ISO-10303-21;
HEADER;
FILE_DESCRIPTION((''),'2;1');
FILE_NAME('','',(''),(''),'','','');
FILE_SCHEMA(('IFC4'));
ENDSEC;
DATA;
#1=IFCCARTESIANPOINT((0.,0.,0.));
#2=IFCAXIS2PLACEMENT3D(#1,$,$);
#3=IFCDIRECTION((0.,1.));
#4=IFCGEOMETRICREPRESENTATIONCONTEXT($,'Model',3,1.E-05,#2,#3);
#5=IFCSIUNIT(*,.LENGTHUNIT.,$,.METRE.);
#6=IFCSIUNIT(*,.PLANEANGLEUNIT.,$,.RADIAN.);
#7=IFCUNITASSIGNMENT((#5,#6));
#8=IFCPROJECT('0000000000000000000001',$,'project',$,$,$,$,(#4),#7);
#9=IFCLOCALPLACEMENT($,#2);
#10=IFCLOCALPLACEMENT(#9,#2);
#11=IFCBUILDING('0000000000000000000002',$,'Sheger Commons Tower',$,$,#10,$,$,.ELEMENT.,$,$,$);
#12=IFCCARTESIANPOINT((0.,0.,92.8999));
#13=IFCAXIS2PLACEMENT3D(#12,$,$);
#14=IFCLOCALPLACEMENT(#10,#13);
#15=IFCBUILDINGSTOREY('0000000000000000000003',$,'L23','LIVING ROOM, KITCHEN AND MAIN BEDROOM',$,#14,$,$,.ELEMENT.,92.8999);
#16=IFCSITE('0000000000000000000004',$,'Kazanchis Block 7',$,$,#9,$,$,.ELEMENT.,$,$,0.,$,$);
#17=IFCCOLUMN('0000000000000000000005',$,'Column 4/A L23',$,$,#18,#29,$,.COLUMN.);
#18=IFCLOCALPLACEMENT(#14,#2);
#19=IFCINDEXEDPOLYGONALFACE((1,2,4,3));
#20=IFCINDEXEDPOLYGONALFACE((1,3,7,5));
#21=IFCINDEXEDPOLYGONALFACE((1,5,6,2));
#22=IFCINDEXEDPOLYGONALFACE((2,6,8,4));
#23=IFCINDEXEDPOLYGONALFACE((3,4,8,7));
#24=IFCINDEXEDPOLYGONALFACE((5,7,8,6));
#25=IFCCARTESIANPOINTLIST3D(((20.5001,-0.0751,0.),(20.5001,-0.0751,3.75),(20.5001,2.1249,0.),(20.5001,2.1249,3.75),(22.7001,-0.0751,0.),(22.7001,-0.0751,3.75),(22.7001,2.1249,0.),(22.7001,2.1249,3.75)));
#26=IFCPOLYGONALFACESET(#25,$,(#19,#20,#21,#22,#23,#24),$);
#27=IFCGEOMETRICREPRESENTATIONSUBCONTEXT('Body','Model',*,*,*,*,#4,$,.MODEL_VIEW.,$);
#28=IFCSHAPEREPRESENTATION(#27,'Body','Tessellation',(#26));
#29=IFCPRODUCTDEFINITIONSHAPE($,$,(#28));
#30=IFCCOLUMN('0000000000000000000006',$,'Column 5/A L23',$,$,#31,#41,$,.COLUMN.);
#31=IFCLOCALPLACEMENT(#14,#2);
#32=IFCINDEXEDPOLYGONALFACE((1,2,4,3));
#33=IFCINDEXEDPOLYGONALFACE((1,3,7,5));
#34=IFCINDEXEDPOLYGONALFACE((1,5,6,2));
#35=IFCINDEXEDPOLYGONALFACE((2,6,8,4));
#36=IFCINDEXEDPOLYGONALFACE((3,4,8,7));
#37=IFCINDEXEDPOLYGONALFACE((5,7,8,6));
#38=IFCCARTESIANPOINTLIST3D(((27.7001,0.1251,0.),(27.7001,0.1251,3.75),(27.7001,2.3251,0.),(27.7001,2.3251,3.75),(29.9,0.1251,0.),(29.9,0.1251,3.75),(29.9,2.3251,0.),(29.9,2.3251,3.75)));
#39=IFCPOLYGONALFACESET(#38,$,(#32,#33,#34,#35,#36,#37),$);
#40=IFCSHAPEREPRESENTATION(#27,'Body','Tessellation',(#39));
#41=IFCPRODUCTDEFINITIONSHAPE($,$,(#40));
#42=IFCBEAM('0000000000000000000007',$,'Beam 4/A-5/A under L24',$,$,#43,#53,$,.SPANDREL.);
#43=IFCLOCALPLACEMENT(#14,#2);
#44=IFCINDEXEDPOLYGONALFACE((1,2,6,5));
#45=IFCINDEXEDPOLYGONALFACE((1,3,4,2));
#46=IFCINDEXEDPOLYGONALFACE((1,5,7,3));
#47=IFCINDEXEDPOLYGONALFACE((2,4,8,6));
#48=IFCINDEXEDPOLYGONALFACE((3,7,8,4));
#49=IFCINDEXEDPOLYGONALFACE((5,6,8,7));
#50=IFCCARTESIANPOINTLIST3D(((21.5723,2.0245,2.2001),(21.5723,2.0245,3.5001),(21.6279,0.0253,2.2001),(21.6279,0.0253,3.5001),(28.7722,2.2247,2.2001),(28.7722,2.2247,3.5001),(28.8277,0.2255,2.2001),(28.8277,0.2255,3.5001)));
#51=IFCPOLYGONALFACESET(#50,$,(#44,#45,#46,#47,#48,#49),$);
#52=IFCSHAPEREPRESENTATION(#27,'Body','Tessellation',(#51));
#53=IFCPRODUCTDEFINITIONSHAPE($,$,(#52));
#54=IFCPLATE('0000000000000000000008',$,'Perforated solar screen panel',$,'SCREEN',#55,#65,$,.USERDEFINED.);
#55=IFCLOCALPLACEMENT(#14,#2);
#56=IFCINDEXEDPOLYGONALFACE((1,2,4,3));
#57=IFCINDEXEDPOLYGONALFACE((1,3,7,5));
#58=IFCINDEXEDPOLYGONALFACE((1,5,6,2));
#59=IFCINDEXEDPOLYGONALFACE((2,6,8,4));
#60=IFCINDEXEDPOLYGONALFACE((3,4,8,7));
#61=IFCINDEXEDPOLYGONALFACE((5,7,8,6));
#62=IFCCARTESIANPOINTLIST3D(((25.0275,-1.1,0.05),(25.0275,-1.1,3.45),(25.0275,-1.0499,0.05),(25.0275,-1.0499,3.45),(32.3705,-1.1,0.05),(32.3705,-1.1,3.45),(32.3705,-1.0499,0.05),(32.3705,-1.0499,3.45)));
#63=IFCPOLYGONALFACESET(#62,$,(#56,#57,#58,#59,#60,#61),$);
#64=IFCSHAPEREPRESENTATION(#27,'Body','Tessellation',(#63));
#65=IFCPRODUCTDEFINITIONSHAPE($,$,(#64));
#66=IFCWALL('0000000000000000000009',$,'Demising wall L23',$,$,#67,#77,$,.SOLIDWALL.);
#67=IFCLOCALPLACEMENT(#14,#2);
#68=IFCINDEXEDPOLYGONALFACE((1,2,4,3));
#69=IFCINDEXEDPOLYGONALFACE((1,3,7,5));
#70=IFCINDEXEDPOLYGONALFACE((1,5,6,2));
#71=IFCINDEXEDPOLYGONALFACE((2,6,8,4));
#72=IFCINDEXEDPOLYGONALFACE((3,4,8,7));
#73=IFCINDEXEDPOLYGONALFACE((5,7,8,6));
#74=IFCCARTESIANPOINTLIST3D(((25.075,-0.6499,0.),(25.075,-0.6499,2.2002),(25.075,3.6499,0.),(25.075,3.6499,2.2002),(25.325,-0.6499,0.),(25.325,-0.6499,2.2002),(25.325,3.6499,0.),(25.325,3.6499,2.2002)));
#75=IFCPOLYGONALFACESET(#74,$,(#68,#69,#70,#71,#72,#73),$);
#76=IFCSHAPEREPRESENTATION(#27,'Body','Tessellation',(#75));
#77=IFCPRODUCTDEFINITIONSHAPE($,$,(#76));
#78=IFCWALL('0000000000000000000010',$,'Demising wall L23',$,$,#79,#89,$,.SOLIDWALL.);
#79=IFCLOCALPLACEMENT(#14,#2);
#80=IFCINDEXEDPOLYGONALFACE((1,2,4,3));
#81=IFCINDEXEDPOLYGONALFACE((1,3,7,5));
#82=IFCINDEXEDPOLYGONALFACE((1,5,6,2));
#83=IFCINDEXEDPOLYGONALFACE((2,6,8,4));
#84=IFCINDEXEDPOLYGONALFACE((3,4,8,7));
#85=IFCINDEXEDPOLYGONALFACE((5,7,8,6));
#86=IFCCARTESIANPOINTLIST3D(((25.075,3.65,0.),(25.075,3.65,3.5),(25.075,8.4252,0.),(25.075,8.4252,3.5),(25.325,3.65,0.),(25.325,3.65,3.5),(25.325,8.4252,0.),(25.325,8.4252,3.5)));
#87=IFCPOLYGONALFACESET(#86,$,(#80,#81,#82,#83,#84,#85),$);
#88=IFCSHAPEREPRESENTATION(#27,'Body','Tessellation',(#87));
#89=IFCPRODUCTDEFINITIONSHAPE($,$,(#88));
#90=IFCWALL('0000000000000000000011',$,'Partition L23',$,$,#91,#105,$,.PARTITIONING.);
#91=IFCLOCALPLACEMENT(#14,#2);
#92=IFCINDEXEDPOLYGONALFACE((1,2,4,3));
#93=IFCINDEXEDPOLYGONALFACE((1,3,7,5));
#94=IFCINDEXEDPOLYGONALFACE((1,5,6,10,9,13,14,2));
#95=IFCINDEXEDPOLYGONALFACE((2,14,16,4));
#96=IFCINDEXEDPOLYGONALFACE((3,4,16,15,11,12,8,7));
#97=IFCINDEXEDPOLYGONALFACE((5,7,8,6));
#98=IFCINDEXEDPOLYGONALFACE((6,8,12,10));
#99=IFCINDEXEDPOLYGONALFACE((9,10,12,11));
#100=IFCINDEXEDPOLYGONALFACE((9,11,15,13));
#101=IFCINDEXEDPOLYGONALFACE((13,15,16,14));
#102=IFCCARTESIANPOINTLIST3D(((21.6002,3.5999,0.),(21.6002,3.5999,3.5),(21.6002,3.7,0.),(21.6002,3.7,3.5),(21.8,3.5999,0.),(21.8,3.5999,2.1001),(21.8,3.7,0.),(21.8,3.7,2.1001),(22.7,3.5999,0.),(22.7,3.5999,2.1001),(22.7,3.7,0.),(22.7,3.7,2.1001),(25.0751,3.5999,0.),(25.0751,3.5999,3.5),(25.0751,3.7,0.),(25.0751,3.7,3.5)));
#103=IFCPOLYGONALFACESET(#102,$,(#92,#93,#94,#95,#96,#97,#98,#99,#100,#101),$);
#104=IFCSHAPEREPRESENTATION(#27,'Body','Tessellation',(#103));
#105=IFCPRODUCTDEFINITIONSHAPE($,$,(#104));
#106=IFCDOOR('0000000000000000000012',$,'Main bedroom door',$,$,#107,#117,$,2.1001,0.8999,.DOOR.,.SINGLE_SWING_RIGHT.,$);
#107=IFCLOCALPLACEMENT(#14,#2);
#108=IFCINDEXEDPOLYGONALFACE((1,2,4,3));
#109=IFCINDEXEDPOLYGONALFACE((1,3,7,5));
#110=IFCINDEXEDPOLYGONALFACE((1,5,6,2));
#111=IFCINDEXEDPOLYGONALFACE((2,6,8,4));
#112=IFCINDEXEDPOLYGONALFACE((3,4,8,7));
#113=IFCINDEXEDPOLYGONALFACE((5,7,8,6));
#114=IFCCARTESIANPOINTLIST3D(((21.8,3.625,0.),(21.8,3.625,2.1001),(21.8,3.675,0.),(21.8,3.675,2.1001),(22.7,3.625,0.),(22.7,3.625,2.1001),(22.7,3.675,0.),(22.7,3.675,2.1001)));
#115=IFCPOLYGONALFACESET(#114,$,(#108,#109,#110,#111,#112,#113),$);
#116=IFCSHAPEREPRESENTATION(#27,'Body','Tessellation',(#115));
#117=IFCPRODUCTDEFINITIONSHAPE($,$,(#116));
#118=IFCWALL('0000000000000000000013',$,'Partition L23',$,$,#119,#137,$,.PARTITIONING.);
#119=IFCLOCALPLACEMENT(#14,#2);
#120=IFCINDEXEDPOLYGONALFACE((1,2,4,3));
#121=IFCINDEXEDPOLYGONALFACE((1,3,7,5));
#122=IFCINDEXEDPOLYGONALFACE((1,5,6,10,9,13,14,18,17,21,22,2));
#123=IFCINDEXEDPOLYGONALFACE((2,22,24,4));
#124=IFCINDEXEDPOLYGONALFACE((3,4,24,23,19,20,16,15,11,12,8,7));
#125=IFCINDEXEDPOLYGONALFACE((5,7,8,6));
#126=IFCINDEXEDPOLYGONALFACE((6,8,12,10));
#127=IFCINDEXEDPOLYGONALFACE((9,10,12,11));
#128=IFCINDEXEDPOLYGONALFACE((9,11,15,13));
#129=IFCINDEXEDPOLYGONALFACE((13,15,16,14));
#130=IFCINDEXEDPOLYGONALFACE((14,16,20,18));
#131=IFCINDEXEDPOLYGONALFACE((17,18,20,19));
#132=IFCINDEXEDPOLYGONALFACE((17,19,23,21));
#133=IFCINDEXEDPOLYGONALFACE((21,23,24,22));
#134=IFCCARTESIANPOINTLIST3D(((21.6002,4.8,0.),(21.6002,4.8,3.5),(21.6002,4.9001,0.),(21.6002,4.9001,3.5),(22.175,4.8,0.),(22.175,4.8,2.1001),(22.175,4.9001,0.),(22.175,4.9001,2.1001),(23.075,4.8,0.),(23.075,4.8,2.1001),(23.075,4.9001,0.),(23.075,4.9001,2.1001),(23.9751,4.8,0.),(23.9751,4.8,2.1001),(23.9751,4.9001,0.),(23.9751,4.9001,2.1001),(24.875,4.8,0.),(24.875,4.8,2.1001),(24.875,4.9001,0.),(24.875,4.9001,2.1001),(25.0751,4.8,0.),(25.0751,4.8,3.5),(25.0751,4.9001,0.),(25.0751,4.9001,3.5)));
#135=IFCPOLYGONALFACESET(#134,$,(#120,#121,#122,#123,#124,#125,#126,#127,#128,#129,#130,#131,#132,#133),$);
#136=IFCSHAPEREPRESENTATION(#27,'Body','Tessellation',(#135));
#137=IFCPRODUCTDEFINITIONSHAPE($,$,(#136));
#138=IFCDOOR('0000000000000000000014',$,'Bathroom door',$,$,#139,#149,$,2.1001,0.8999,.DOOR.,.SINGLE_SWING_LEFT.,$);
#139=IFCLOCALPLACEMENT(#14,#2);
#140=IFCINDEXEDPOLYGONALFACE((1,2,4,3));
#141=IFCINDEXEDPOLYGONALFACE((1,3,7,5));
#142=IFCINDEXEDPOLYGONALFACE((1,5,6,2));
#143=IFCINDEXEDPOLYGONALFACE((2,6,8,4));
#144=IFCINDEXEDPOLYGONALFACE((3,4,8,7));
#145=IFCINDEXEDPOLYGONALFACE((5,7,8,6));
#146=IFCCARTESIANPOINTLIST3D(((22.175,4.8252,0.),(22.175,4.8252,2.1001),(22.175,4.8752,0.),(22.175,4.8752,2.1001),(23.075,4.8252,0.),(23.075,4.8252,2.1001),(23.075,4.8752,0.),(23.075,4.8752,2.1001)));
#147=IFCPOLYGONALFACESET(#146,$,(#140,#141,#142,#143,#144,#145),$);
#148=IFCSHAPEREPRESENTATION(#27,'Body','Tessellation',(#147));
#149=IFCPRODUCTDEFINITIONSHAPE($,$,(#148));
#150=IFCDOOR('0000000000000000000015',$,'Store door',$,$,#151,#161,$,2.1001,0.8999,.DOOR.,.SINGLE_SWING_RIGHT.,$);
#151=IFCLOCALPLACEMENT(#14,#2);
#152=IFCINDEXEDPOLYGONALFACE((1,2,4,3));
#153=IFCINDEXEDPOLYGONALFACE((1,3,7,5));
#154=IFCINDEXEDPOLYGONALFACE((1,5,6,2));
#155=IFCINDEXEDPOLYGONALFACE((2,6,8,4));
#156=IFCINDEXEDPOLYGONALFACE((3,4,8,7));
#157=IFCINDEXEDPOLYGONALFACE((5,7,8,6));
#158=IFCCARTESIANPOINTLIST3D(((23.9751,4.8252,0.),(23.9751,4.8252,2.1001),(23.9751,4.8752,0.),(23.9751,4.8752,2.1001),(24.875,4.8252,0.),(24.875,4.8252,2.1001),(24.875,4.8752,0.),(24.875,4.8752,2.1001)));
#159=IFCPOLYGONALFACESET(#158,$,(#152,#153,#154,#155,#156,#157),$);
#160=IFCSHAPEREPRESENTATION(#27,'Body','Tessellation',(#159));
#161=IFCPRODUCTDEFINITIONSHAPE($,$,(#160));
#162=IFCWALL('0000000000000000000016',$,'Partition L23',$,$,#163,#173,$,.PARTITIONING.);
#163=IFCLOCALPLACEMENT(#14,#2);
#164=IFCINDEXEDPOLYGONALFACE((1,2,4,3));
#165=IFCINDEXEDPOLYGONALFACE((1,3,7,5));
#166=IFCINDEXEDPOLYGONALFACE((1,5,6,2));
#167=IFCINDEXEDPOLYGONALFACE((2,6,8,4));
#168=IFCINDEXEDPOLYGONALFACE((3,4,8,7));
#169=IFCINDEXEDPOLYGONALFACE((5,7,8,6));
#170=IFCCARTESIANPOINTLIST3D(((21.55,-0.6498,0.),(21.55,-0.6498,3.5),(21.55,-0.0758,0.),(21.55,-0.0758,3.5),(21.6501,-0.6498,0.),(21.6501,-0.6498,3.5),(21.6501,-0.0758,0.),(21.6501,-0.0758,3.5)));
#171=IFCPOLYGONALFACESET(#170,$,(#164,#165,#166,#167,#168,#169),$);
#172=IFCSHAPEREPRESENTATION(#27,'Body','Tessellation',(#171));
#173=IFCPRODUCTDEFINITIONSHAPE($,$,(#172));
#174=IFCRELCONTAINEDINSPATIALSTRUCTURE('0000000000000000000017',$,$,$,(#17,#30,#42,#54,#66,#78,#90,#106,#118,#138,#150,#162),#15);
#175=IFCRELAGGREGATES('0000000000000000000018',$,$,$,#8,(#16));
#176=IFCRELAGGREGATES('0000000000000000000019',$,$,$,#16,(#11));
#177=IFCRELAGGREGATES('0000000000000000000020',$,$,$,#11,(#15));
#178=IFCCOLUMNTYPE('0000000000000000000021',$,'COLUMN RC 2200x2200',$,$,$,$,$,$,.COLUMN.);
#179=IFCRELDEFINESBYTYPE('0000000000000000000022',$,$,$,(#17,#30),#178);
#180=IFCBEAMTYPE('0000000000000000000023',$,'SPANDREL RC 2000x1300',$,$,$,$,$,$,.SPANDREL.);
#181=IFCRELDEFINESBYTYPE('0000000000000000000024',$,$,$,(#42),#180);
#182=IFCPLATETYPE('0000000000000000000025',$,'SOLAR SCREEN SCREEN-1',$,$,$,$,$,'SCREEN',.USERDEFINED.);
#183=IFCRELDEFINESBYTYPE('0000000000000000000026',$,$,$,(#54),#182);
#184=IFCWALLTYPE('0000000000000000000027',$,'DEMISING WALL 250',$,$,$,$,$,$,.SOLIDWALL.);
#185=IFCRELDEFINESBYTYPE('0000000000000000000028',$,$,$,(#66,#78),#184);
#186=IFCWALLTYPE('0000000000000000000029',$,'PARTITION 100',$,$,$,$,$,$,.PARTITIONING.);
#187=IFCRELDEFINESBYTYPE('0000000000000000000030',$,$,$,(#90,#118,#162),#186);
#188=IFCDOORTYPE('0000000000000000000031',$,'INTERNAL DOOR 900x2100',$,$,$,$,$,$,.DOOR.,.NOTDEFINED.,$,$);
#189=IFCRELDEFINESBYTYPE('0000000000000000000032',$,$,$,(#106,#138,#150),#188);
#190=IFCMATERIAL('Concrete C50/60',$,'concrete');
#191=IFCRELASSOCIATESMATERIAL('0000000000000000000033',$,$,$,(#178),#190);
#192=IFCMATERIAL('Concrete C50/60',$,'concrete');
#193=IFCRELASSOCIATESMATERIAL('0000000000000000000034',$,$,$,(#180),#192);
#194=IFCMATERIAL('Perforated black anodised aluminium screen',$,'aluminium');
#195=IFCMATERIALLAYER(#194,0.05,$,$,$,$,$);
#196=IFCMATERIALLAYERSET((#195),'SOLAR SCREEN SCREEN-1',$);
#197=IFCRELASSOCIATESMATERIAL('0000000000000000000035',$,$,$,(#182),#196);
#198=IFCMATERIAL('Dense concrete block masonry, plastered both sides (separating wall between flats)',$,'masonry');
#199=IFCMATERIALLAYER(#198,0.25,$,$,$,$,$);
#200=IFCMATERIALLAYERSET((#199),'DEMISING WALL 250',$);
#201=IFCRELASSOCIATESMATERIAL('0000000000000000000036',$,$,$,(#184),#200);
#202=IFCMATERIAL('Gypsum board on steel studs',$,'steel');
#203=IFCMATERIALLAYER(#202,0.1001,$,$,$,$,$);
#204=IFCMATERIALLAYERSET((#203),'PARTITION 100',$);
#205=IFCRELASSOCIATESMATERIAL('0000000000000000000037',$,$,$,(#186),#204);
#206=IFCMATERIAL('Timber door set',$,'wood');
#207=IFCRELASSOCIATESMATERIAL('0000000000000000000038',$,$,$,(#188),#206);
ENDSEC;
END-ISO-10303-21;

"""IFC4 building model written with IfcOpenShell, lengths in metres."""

from ifc_helpers import new_model, si_unit, direction, frame, frame_2d, origin, origin_2d, place, context, subcontext, project, spatial, rectangle, extrude, material, layer, layer_set, material_profile, profile_set, type_object, element, fill, save


model = new_model("IFC4")

# Units and contexts
model_context = context("Model", 3, precision=1e-05, world=origin(), true_north=direction((0.0, 1.0)))
body_context = subcontext(model_context, "Body", "Model", "MODEL_VIEW")
ifc_project = project(units=[si_unit("LENGTHUNIT", "METRE"), si_unit("PLANEANGLEUNIT", "RADIAN")], contexts=[model_context])

# Site, building, storey
site_placement = place(None, origin())
site = spatial("IfcSite", under=ifc_project, at=site_placement, Name="Kazanchis Block 7", CompositionType="ELEMENT", RefElevation=0.0)
building_placement = place(site_placement, origin())
building = spatial("IfcBuilding", under=site, at=building_placement, Name="Sheger Commons Tower", CompositionType="ELEMENT")
storey_placement = place(building_placement, frame((0.0, 0.0, 92.8999)))
storey = spatial("IfcBuildingStorey", under=building, at=storey_placement, Name="L23", Description="LIVING ROOM, KITCHEN AND MAIN BEDROOM", CompositionType="ELEMENT", Elevation=92.8999)

# Columns
ifc_material_1 = material(Name="Concrete C50/60", Category="concrete")
ifc_material_profile_1 = material_profile(ifc_material_1, rectangle(XDim=2.2, YDim=2.2, at=origin_2d()), Name="RC 2200x2200")
ifc_profile_set_1 = profile_set([ifc_material_profile_1], Name="Concrete C50/60")
column_type = type_object("IfcColumnType", Name="COLUMN RC 2200x2200", PredefinedType="COLUMN", material=ifc_profile_set_1)
for number, where, z_axis, x_axis, name in (
    (1, (21.6001, 1.0249, 0.0), (0.0, 0.0, 1.0), (1.0, 0.0, 0.0), "Column 4/A L23"),
    (2, (28.8, 1.2251, 0.0), (0.0, 0.0, 1.0), (1.0, 0.0, 0.0), "Column 5/A L23"),
):
    element("IfcColumn", number, at=place(storey_placement, frame(where, z_axis=z_axis, x_axis=x_axis)), inside=storey, type_object=column_type, Name=name, PredefinedType="COLUMN", context=body_context, shape_type="SweptSolid", body=[
        extrude(rectangle(XDim=2.2, YDim=2.2, at=origin_2d()), origin(), (0.0, 0.0, 1.0), 3.75),
    ])

# Beam
ifc_material_2 = material(Name="Concrete C50/60", Category="concrete")
ifc_material_profile_2 = material_profile(ifc_material_2, rectangle(XDim=2.0, YDim=1.3, at=origin_2d()), Name="RC 2000x1300")
ifc_profile_set_2 = profile_set([ifc_material_profile_2], Name="Concrete C50/60")
beam_type = type_object("IfcBeamType", Name="SPANDREL RC 2000x1300", PredefinedType="SPANDREL", material=ifc_profile_set_2)
beam_placement = place(storey_placement, frame((21.6001, 1.0249, 2.8501), z_axis=(0.999614, 0.027794, 0.0), x_axis=(-0.027794, 0.999614, 0.0)))
element("IfcBeam", 3, at=beam_placement, inside=storey, type_object=beam_type, Name="Beam 4/A-5/A under L24", PredefinedType="SPANDREL", context=body_context, shape_type="SweptSolid", body=[
    extrude(rectangle(XDim=2.0, YDim=1.3, at=origin_2d()), origin(), (0.0, 0.0, 1.0), 7.2026),
])

# Plate
ifc_material_3 = material(Name="Perforated black anodised aluminium screen", Category="aluminium")
ifc_layer_1 = layer(ifc_material_3, 0.05)
ifc_layer_set_1 = layer_set([ifc_layer_1], Name="SOLAR SCREEN SCREEN-1")
plate_type = type_object("IfcPlateType", Name="SOLAR SCREEN SCREEN-1", ElementType="SCREEN", PredefinedType="USERDEFINED", material=ifc_layer_set_1)
plate_placement = place(storey_placement, frame((28.699, -1.075, 0.05), z_axis=(0.0, 0.0, 1.0), x_axis=(1.0, 0.0, 0.0)))
element("IfcPlate", 4, at=plate_placement, inside=storey, type_object=plate_type, Name="Perforated solar screen panel", ObjectType="SCREEN", PredefinedType="USERDEFINED", context=body_context, shape_type="SweptSolid", body=[
    extrude(rectangle(XDim=7.343, YDim=0.05, at=origin_2d()), origin(), (0.0, 0.0, 1.0), 3.3999),
])

# Walls
ifc_material_4 = material(Name="Dense concrete block masonry, plastered both sides (separating wall between flats)", Category="masonry")
ifc_layer_2 = layer(ifc_material_4, 0.25)
ifc_layer_set_2 = layer_set([ifc_layer_2], Name="DEMISING WALL 250")
wall_type_1 = type_object("IfcWallType", Name="DEMISING WALL 250", PredefinedType="SOLIDWALL", material=ifc_layer_set_2)
wall_1_placement = place(storey_placement, frame((25.2, -0.6499, 0.0), z_axis=(0.0, 0.0, 1.0), x_axis=(0.0, 1.0, 0.0)))
element("IfcWall", 5, at=wall_1_placement, inside=storey, type_object=wall_type_1, Name="Demising wall L23", PredefinedType="SOLIDWALL", context=body_context, shape_type="SweptSolid", body=[
    extrude(rectangle(XDim=4.2998, YDim=0.25, at=frame_2d((2.1499, 0.0))), origin(), (0.0, 0.0, 1.0), 2.2002),
])
wall_2_placement = place(storey_placement, frame((25.2, 3.6499, 0.0), z_axis=(0.0, 0.0, 1.0), x_axis=(0.0, 1.0, 0.0)))
element("IfcWall", 6, at=wall_2_placement, inside=storey, type_object=wall_type_1, Name="Demising wall L23", PredefinedType="SOLIDWALL", context=body_context, shape_type="SweptSolid", body=[
    extrude(rectangle(XDim=4.7751, YDim=0.25, at=frame_2d((2.3877, 0.0))), origin(), (0.0, 0.0, 1.0), 3.5),
])

# Wall, opening, door
ifc_material_5 = material(Name="Gypsum board on steel studs", Category="steel")
ifc_layer_3 = layer(ifc_material_5, 0.1001)
ifc_layer_set_3 = layer_set([ifc_layer_3], Name="PARTITION 100")
wall_type_2 = type_object("IfcWallType", Name="PARTITION 100", PredefinedType="PARTITIONING", material=ifc_layer_set_3)
wall_3_placement = place(storey_placement, frame((25.075, 3.6499, 0.0), z_axis=(0.0, 0.0, 1.0), x_axis=(-1.0, 0.0, 0.0)))
wall_3 = element("IfcWall", 7, at=wall_3_placement, inside=storey, type_object=wall_type_2, Name="Partition L23", PredefinedType="PARTITIONING", context=body_context, shape_type="SweptSolid", body=[
    extrude(rectangle(XDim=3.4749, YDim=0.1001, at=frame_2d((1.7373, 0.0))), origin(), (0.0, 0.0, 1.0), 3.5),
])
opening_1_placement = place(wall_3_placement, frame((2.375, 0.0, 0.0)))
opening_1 = element("IfcOpeningElement", 8, at=opening_1_placement, cuts=wall_3, PredefinedType="OPENING", context=body_context, shape_type="SweptSolid", body=[
    extrude(rectangle(XDim=0.8999, YDim=2.1001, at=frame_2d((0.45, 1.05))), frame((0.0, 0.0601, 0.0), z_axis=(0.0, -1.0, 0.0), x_axis=(1.0, 0.0, 0.0)), (0.0, 0.0, 1.0), 0.1201),
])
ifc_material_6 = material(Name="Timber door set", Category="wood")
door_type = type_object("IfcDoorType", Name="INTERNAL DOOR 900x2100", OperationType="NOTDEFINED", PredefinedType="DOOR", material=ifc_material_6)
door_1_placement = place(opening_1_placement, origin())
door_1 = element("IfcDoor", 9, at=door_1_placement, inside=storey, type_object=door_type, Name="Main bedroom door", OperationType="SINGLE_SWING_RIGHT", OverallHeight=2.1001, OverallWidth=0.8999, PredefinedType="DOOR", context=body_context, shape_type="SweptSolid", body=[
    extrude(rectangle(XDim=0.8999, YDim=2.1001, at=frame_2d((0.45, 1.05))), frame((0.0, 0.0249, 0.0), z_axis=(0.0, -1.0, 0.0), x_axis=(1.0, 0.0, 0.0)), (0.0, 0.0, 1.0), 0.05),
])
fill(opening_1, door_1)

# Wall, openings, doors
wall_4_placement = place(storey_placement, frame((25.075, 4.8501, 0.0), z_axis=(0.0, 0.0, 1.0), x_axis=(-1.0, 0.0, 0.0)))
wall_4 = element("IfcWall", 10, at=wall_4_placement, inside=storey, type_object=wall_type_2, Name="Partition L23", PredefinedType="PARTITIONING", context=body_context, shape_type="SweptSolid", body=[
    extrude(rectangle(XDim=3.4749, YDim=0.1001, at=frame_2d((1.7373, 0.0))), origin(), (0.0, 0.0, 1.0), 3.5),
])
opening_2_placement = place(wall_4_placement, frame((2.0, 0.0, 0.0)))
opening_2 = element("IfcOpeningElement", 11, at=opening_2_placement, cuts=wall_4, PredefinedType="OPENING", context=body_context, shape_type="SweptSolid", body=[
    extrude(rectangle(XDim=0.8999, YDim=2.1001, at=frame_2d((0.45, 1.05))), frame((0.0, 0.0601, 0.0), z_axis=(0.0, -1.0, 0.0), x_axis=(1.0, 0.0, 0.0)), (0.0, 0.0, 1.0), 0.1201),
])
opening_3_placement = place(wall_4_placement, frame((0.2, 0.0, 0.0)))
opening_3 = element("IfcOpeningElement", 12, at=opening_3_placement, cuts=wall_4, PredefinedType="OPENING", context=body_context, shape_type="SweptSolid", body=[
    extrude(rectangle(XDim=0.8999, YDim=2.1001, at=frame_2d((0.45, 1.05))), frame((0.0, 0.0601, 0.0), z_axis=(0.0, -1.0, 0.0), x_axis=(1.0, 0.0, 0.0)), (0.0, 0.0, 1.0), 0.1201),
])
door_2_placement = place(opening_2_placement, origin())
door_2 = element("IfcDoor", 13, at=door_2_placement, inside=storey, type_object=door_type, Name="Bathroom door", OperationType="SINGLE_SWING_LEFT", OverallHeight=2.1001, OverallWidth=0.8999, PredefinedType="DOOR", context=body_context, shape_type="SweptSolid", body=[
    extrude(rectangle(XDim=0.8999, YDim=2.1001, at=frame_2d((0.45, 1.05))), frame((0.0, 0.0249, 0.0), z_axis=(0.0, -1.0, 0.0), x_axis=(1.0, 0.0, 0.0)), (0.0, 0.0, 1.0), 0.05),
])
fill(opening_2, door_2)
door_3_placement = place(opening_3_placement, origin())
door_3 = element("IfcDoor", 14, at=door_3_placement, inside=storey, type_object=door_type, Name="Store door", OperationType="SINGLE_SWING_RIGHT", OverallHeight=2.1001, OverallWidth=0.8999, PredefinedType="DOOR", context=body_context, shape_type="SweptSolid", body=[
    extrude(rectangle(XDim=0.8999, YDim=2.1001, at=frame_2d((0.45, 1.05))), frame((0.0, 0.0249, 0.0), z_axis=(0.0, -1.0, 0.0), x_axis=(1.0, 0.0, 0.0)), (0.0, 0.0, 1.0), 0.05),
])
fill(opening_3, door_3)

# Wall
wall_5_placement = place(storey_placement, frame((21.6001, -0.6499, 0.0), z_axis=(0.0, 0.0, 1.0), x_axis=(0.0, 1.0, 0.0)))
element("IfcWall", 15, at=wall_5_placement, inside=storey, type_object=wall_type_2, Name="Partition L23", PredefinedType="PARTITIONING", context=body_context, shape_type="SweptSolid", body=[
    extrude(rectangle(XDim=0.574, YDim=0.1001, at=frame_2d((0.2871, 0.0))), origin(), (0.0, 0.0, 1.0), 3.5),
])

save(model, "model.ifc")
